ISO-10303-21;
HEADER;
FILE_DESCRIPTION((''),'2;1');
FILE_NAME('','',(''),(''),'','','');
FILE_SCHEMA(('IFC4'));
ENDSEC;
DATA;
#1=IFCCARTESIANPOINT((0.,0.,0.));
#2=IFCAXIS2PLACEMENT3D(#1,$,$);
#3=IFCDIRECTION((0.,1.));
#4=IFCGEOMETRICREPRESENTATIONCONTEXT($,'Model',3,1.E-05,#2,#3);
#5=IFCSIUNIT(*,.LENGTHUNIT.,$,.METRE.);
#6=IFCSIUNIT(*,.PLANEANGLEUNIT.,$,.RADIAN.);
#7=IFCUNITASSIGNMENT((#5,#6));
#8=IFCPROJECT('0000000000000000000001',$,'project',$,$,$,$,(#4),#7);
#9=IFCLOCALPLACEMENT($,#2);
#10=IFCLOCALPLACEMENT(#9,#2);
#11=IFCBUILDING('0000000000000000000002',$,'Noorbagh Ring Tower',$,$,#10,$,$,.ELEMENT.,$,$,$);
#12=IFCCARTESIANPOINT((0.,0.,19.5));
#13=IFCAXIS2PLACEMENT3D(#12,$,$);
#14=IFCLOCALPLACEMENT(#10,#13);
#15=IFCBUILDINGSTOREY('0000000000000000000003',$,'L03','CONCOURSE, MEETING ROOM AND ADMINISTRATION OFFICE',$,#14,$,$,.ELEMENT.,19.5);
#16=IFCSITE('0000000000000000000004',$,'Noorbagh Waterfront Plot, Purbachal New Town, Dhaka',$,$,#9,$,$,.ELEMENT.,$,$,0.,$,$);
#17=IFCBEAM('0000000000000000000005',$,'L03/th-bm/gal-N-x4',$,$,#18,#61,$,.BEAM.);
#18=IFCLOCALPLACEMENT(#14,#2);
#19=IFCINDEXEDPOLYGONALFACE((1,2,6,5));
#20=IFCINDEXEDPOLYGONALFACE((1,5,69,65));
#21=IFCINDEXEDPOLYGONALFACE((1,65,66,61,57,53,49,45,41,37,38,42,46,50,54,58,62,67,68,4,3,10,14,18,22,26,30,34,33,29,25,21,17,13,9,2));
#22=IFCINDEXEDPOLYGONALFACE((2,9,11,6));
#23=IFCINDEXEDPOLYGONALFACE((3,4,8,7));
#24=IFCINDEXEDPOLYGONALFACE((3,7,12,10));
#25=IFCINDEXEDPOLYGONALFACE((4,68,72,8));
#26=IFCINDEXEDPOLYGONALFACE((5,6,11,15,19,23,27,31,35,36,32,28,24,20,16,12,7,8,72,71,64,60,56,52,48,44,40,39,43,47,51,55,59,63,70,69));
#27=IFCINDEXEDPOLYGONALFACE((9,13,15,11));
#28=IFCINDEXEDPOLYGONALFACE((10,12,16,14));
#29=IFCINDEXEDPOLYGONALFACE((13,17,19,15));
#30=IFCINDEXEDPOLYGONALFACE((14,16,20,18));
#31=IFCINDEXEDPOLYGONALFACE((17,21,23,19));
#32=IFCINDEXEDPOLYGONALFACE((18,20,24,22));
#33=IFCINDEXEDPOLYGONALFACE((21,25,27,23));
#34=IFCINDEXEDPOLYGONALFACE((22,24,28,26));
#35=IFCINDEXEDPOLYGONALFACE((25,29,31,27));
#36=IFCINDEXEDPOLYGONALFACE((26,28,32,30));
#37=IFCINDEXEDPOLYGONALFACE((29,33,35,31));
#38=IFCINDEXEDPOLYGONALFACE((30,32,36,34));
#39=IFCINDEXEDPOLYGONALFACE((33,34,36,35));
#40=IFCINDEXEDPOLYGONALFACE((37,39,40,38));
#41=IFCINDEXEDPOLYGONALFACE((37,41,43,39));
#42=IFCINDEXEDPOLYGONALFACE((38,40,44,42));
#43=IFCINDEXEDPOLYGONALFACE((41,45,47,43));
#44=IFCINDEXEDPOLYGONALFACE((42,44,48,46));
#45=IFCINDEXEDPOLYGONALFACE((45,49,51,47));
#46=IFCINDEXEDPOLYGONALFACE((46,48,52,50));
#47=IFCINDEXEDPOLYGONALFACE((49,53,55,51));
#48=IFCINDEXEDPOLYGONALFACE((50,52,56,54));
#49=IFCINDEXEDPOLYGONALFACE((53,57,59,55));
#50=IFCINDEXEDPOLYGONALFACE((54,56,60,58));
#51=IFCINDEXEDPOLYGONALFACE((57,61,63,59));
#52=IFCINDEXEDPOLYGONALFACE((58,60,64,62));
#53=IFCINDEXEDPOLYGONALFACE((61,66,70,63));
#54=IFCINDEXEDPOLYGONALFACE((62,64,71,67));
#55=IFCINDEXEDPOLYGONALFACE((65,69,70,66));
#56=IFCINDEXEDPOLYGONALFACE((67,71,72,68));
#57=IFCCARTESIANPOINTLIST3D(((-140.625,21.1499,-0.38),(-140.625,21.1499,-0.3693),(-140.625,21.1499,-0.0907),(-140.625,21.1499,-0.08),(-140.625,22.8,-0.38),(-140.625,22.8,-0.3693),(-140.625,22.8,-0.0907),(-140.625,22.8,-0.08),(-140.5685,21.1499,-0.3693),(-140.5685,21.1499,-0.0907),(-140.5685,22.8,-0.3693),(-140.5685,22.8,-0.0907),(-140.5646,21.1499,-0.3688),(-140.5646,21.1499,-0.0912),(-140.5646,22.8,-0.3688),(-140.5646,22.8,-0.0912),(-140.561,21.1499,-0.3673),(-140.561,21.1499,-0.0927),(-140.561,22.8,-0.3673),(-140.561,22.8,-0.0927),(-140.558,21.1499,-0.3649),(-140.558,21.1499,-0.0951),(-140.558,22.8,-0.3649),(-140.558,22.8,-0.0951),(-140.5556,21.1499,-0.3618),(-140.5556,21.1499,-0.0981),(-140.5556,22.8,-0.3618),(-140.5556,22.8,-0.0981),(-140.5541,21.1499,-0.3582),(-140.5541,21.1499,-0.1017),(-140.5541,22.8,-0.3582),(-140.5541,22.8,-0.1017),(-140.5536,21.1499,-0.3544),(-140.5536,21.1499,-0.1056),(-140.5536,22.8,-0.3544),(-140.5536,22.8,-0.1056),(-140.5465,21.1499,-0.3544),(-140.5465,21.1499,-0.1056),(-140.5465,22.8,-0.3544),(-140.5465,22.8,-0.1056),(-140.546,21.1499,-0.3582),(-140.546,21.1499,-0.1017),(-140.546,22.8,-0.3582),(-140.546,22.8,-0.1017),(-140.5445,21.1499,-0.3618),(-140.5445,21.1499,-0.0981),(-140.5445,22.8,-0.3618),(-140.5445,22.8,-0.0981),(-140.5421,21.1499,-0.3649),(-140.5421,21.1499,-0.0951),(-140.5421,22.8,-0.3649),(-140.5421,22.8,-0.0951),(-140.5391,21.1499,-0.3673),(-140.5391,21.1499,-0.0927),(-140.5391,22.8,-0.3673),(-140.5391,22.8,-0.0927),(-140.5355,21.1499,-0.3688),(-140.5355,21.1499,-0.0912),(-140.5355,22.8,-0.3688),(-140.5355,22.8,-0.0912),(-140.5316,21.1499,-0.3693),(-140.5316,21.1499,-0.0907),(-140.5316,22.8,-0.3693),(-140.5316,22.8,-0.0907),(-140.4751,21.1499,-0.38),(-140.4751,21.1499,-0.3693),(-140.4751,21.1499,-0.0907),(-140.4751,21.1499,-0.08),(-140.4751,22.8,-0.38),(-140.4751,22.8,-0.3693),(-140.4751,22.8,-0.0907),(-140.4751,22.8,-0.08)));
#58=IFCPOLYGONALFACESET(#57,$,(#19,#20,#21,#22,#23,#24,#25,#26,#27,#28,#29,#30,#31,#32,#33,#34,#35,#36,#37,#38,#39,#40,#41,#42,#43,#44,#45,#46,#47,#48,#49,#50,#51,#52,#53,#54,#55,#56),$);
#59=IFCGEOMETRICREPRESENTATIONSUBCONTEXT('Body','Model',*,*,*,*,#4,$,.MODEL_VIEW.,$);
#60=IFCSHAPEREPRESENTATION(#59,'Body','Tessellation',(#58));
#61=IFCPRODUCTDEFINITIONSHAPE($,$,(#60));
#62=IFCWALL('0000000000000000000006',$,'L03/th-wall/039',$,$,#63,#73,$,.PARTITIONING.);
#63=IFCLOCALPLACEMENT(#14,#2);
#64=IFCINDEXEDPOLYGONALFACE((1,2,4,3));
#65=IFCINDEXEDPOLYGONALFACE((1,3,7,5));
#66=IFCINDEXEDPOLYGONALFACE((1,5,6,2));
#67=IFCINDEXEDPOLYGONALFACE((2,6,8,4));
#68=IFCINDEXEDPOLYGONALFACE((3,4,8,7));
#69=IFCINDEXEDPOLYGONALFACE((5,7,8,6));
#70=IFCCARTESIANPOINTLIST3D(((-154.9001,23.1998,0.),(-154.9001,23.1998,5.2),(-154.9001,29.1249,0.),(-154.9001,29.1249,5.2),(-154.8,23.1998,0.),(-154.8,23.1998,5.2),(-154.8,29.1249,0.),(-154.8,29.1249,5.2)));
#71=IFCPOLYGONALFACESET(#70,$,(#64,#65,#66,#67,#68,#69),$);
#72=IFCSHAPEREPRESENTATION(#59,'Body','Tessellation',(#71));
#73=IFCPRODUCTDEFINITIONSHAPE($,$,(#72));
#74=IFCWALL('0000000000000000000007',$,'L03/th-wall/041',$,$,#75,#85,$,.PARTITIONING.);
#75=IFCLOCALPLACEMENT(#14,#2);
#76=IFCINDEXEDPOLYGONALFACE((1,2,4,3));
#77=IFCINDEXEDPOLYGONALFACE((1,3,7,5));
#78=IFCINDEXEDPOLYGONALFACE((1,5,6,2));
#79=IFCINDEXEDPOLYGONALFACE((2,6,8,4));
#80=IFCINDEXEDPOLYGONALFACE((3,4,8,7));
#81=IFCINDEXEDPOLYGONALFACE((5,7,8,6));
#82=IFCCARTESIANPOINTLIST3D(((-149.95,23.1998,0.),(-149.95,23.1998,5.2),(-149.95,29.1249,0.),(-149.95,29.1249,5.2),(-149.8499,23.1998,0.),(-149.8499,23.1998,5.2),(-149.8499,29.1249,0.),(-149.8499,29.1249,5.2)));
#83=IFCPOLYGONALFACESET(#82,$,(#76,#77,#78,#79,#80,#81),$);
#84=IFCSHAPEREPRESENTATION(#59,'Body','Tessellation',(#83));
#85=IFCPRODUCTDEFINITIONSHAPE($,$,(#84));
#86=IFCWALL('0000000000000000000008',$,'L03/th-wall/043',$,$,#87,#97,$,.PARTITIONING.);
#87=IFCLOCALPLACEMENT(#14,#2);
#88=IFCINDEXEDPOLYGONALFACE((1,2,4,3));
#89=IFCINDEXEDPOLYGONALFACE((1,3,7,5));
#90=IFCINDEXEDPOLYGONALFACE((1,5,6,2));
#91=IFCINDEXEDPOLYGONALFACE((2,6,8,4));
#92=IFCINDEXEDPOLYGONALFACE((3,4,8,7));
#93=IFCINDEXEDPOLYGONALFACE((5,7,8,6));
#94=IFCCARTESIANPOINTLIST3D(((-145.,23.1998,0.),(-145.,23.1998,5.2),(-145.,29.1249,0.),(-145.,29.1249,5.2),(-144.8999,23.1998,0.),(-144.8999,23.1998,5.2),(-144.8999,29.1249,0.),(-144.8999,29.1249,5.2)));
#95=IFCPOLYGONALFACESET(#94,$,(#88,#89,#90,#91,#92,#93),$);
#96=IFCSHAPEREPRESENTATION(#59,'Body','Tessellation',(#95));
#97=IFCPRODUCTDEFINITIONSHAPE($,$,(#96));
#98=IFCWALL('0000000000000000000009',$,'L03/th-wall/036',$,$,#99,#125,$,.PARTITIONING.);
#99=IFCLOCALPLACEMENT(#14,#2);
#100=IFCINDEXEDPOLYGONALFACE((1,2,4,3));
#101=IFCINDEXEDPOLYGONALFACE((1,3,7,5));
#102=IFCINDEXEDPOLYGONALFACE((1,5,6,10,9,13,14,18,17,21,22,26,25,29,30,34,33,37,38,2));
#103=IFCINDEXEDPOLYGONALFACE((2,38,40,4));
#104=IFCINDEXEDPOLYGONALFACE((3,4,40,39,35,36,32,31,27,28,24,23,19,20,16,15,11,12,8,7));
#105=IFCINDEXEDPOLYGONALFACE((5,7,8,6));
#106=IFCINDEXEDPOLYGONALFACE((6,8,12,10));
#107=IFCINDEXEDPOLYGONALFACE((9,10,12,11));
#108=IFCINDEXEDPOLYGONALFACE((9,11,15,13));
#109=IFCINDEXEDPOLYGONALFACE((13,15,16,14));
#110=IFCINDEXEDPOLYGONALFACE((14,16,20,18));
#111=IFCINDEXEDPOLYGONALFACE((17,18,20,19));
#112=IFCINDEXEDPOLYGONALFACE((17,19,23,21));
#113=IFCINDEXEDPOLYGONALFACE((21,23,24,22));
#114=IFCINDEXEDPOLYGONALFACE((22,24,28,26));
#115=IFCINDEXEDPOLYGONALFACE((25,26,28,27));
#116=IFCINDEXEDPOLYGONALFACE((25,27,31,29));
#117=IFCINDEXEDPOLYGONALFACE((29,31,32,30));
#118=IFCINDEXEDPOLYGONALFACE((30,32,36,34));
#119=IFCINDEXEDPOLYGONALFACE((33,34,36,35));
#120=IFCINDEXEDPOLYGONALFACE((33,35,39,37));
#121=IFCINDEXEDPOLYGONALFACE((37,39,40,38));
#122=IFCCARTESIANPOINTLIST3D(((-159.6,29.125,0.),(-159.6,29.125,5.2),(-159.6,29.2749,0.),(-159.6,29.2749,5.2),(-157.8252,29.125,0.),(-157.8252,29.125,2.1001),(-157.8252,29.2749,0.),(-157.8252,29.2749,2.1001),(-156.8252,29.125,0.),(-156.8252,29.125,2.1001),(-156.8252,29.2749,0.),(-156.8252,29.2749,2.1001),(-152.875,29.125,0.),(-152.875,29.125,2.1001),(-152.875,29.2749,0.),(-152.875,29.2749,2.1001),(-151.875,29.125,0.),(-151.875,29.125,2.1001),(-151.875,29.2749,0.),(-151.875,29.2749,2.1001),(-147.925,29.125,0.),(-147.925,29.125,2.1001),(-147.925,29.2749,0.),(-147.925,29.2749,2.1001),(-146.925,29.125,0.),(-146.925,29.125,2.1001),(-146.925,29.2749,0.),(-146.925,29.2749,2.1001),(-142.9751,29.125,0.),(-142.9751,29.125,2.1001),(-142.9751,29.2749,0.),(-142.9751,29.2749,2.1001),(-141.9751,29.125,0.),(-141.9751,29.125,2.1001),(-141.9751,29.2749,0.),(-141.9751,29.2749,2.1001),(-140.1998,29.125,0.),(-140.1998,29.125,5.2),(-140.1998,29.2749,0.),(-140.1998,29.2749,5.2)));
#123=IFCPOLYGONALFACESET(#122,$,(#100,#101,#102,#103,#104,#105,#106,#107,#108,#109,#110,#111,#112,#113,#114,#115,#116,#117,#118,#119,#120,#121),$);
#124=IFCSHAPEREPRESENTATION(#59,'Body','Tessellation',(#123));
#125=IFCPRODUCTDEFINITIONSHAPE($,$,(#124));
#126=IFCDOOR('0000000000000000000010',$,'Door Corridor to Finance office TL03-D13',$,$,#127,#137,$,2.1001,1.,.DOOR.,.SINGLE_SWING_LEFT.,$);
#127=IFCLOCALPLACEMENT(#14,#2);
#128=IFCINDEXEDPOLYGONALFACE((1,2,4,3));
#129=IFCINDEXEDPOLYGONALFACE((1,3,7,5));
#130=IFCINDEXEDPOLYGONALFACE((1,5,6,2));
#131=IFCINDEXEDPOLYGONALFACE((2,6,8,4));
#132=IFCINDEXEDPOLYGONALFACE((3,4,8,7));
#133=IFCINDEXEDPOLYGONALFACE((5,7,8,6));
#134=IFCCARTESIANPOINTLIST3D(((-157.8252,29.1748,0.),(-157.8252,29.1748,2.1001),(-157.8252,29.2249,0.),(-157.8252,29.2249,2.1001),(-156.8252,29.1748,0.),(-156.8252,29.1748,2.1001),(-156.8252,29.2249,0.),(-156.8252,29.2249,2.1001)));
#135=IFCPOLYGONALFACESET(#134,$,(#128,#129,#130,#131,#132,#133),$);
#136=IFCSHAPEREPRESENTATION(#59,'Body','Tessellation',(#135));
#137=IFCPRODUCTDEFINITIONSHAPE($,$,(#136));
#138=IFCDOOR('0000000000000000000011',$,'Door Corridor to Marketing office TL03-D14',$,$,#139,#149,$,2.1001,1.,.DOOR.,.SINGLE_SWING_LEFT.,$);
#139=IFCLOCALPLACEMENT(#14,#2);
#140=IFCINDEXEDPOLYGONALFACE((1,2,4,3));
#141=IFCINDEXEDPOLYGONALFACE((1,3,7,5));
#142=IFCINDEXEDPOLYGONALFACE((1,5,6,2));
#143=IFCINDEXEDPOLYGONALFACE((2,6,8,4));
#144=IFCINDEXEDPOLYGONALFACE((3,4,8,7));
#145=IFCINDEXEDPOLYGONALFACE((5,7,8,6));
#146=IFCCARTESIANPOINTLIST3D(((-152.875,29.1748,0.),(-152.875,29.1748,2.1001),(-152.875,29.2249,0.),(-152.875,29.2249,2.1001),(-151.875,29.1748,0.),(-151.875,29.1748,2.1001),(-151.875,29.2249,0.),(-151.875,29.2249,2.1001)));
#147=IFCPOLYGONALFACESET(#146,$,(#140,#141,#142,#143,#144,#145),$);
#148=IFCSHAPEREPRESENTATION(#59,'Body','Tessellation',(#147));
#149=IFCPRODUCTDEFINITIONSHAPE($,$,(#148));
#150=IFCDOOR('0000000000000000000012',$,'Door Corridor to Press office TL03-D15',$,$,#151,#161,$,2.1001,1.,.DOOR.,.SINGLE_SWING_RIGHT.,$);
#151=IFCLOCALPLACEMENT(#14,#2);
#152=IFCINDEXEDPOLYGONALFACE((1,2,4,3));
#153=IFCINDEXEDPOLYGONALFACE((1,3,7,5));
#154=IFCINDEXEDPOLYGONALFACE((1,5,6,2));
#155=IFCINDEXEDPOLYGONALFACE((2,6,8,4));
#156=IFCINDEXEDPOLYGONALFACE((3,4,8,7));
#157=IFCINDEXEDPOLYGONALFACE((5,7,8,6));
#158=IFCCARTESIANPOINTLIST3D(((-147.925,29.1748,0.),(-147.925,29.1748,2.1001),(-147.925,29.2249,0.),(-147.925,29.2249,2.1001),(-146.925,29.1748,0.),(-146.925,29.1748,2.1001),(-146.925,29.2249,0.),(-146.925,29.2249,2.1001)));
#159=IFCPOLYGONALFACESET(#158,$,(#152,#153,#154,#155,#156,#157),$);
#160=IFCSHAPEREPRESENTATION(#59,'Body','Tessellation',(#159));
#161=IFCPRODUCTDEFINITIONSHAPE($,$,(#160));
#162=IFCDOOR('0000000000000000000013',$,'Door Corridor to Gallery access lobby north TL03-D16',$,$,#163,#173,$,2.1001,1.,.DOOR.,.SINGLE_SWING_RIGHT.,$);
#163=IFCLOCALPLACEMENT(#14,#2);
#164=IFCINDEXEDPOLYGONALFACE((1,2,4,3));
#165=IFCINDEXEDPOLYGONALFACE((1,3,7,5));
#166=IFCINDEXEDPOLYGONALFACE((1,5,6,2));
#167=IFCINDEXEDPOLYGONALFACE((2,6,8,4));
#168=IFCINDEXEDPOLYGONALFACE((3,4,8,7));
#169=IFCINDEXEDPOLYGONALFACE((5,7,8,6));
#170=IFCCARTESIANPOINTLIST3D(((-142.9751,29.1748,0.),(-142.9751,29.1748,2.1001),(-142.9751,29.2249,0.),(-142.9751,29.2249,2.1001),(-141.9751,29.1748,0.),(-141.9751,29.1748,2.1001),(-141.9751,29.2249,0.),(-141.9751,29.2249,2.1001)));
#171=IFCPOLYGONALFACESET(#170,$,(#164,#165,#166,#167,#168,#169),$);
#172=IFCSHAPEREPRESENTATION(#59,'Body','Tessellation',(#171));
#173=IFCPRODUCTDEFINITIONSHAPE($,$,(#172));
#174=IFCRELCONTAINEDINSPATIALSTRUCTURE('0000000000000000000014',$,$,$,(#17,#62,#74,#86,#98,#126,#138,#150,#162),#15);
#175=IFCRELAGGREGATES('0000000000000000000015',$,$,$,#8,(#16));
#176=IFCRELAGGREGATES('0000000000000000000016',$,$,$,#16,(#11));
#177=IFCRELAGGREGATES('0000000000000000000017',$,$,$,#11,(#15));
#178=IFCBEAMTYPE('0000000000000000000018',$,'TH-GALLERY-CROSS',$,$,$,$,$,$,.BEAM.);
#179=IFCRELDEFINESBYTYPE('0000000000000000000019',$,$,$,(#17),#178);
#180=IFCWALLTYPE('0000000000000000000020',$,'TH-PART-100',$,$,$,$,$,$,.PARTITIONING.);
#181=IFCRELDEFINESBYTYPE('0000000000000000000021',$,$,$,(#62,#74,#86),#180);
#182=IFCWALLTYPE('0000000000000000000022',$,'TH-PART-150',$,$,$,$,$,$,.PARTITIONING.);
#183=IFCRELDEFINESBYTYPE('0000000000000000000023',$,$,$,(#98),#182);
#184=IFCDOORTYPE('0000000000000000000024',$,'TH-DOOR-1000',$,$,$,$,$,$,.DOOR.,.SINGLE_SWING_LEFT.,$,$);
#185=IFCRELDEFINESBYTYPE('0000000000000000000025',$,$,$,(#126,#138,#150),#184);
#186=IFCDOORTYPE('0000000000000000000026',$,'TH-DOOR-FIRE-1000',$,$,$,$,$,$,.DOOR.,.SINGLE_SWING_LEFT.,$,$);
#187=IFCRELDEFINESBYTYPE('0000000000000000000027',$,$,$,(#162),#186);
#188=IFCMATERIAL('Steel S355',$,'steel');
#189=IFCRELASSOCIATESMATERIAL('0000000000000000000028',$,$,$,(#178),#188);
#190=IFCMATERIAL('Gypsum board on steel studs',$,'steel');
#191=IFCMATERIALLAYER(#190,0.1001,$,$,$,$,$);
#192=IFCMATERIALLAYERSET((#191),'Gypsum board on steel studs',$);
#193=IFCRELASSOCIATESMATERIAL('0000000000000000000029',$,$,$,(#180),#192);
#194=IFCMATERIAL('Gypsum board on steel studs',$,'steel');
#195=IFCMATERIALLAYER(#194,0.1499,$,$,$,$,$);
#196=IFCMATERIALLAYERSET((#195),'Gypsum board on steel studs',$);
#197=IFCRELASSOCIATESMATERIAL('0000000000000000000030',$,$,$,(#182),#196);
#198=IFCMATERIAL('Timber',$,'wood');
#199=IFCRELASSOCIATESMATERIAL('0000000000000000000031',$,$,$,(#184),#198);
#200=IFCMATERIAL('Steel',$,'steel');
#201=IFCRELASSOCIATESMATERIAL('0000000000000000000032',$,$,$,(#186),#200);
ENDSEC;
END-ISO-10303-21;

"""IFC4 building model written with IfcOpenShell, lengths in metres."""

from ifc_helpers import new_model, si_unit, direction, frame, frame_2d, origin, origin_2d, place, context, subcontext, project, spatial, rectangle, i_section, extrude, material, layer, layer_set, material_profile, profile_set, type_object, element, fill, save


model = new_model("IFC4")

# Units and contexts
model_context = context("Model", 3, precision=1e-05, world=origin(), true_north=direction((0.0, 1.0)))
body_context = subcontext(model_context, "Body", "Model", "MODEL_VIEW")
ifc_project = project(units=[si_unit("LENGTHUNIT", "METRE"), si_unit("PLANEANGLEUNIT", "RADIAN")], contexts=[model_context])

# Site, building, storey
site_placement = place(None, origin())
site = spatial("IfcSite", under=ifc_project, at=site_placement, Name="Noorbagh Waterfront Plot, Purbachal New Town, Dhaka", CompositionType="ELEMENT", RefElevation=0.0)
building_placement = place(site_placement, origin())
building = spatial("IfcBuilding", under=site, at=building_placement, Name="Noorbagh Ring Tower", CompositionType="ELEMENT")
storey_placement = place(building_placement, frame((0.0, 0.0, 19.5)))
storey = spatial("IfcBuildingStorey", under=building, at=storey_placement, Name="L03", Description="CONCOURSE, MEETING ROOM AND ADMINISTRATION OFFICE", CompositionType="ELEMENT", Elevation=19.5)

# Beam
ifc_material_1 = material(Name="Steel S355", Category="steel")
ifc_material_profile = material_profile(ifc_material_1, i_section(OverallWidth=0.1499, OverallDepth=0.3, WebThickness=0.0071, FlangeThickness=0.0107, FilletRadius=0.0149, at=origin_2d()), Name="IPE300")
ifc_profile_set = profile_set([ifc_material_profile], Name="Steel S355")
beam_type = type_object("IfcBeamType", Name="TH-GALLERY-CROSS", PredefinedType="BEAM", material=ifc_profile_set)
beam_placement = place(storey_placement, frame((-140.55, 22.8, -0.23), z_axis=(0.0, -1.0, 0.0), x_axis=(1.0, 0.0, 0.0)))
element("IfcBeam", 1, at=beam_placement, inside=storey, type_object=beam_type, Name="L03/th-bm/gal-N-x4", PredefinedType="BEAM", context=body_context, shape_type="SweptSolid", body=[
    extrude(i_section(OverallWidth=0.1499, OverallDepth=0.3, WebThickness=0.0071, FlangeThickness=0.0107, FilletRadius=0.0149, at=origin_2d()), origin(), (0.0, 0.0, 1.0), 1.6501),
])

# Walls
ifc_material_2 = material(Name="Gypsum board on steel studs", Category="steel")
ifc_layer_1 = layer(ifc_material_2, 0.1001)
ifc_layer_set_1 = layer_set([ifc_layer_1], Name="Gypsum board on steel studs")
wall_type_1 = type_object("IfcWallType", Name="TH-PART-100", PredefinedType="PARTITIONING", material=ifc_layer_set_1)
for number, where, z_axis, x_axis, name in (
    (2, (-154.8501, 23.2, 0.0), (0.0, 0.0, 1.0), (0.0, 1.0, 0.0), "L03/th-wall/039"),
    (3, (-149.8999, 23.2, 0.0), (0.0, 0.0, 1.0), (0.0, 1.0, 0.0), "L03/th-wall/041"),
    (4, (-144.95, 23.2, 0.0), (0.0, 0.0, 1.0), (0.0, 1.0, 0.0), "L03/th-wall/043"),
):
    element("IfcWall", number, at=place(storey_placement, frame(where, z_axis=z_axis, x_axis=x_axis)), inside=storey, type_object=wall_type_1, Name=name, PredefinedType="PARTITIONING", context=body_context, shape_type="SweptSolid", body=[
        extrude(rectangle(XDim=5.925, YDim=0.1001, at=frame_2d((2.9624, 0.0))), origin(), (0.0, 0.0, 1.0), 5.2),
    ])

# Wall, openings, doors
ifc_material_3 = material(Name="Gypsum board on steel studs", Category="steel")
ifc_layer_2 = layer(ifc_material_3, 0.1499)
ifc_layer_set_2 = layer_set([ifc_layer_2], Name="Gypsum board on steel studs")
wall_type_2 = type_object("IfcWallType", Name="TH-PART-150", PredefinedType="PARTITIONING", material=ifc_layer_set_2)
wall_1_placement = place(storey_placement, frame((-159.6001, 29.2, 0.0), z_axis=(0.0, 0.0, 1.0), x_axis=(1.0, 0.0, 0.0)))
wall_1 = element("IfcWall", 5, at=wall_1_placement, inside=storey, type_object=wall_type_2, Name="L03/th-wall/036", PredefinedType="PARTITIONING", context=body_context, shape_type="SweptSolid", body=[
    extrude(rectangle(XDim=19.4001, YDim=0.1499, at=frame_2d((9.7002, 0.0))), origin(), (0.0, 0.0, 1.0), 5.2),
])
opening_1_placement = place(wall_1_placement, frame((1.7749, 0.0, 0.0)))
opening_1 = element("IfcOpeningElement", 6, at=opening_1_placement, cuts=wall_1, PredefinedType="OPENING", context=body_context, shape_type="SweptSolid", body=[
    extrude(rectangle(XDim=1.0, YDim=2.1001, at=frame_2d((0.5, 1.05))), frame((0.0, 0.085, 0.0), z_axis=(0.0, -1.0, 0.0), x_axis=(1.0, 0.0, 0.0)), (0.0, 0.0, 1.0), 0.1699),
])
opening_2_placement = place(wall_1_placement, frame((6.7251, 0.0, 0.0)))
opening_2 = element("IfcOpeningElement", 7, at=opening_2_placement, cuts=wall_1, PredefinedType="OPENING", context=body_context, shape_type="SweptSolid", body=[
    extrude(rectangle(XDim=1.0, YDim=2.1001, at=frame_2d((0.5, 1.05))), frame((0.0, 0.085, 0.0), z_axis=(0.0, -1.0, 0.0), x_axis=(1.0, 0.0, 0.0)), (0.0, 0.0, 1.0), 0.1699),
])
opening_3_placement = place(wall_1_placement, frame((11.675, 0.0, 0.0)))
opening_3 = element("IfcOpeningElement", 8, at=opening_3_placement, cuts=wall_1, PredefinedType="OPENING", context=body_context, shape_type="SweptSolid", body=[
    extrude(rectangle(XDim=1.0, YDim=2.1001, at=frame_2d((0.5, 1.05))), frame((0.0, 0.085, 0.0), z_axis=(0.0, -1.0, 0.0), x_axis=(1.0, 0.0, 0.0)), (0.0, 0.0, 1.0), 0.1699),
])
opening_4_placement = place(wall_1_placement, frame((16.625, 0.0, 0.0)))
opening_4 = element("IfcOpeningElement", 9, at=opening_4_placement, cuts=wall_1, PredefinedType="OPENING", context=body_context, shape_type="SweptSolid", body=[
    extrude(rectangle(XDim=1.0, YDim=2.1001, at=frame_2d((0.5, 1.05))), frame((0.0, 0.085, 0.0), z_axis=(0.0, -1.0, 0.0), x_axis=(1.0, 0.0, 0.0)), (0.0, 0.0, 1.0), 0.1699),
])
ifc_material_4 = material(Name="Timber", Category="wood")
door_type_1 = type_object("IfcDoorType", Name="TH-DOOR-1000", OperationType="SINGLE_SWING_LEFT", PredefinedType="DOOR", material=ifc_material_4)
door_1_placement = place(opening_1_placement, origin())
door_1 = element("IfcDoor", 10, at=door_1_placement, inside=storey, type_object=door_type_1, Name="Door Corridor to Finance office TL03-D13", OperationType="SINGLE_SWING_LEFT", OverallHeight=2.1001, OverallWidth=1.0, PredefinedType="DOOR", context=body_context, shape_type="SweptSolid", body=[
    extrude(rectangle(XDim=1.0, YDim=2.1001, at=frame_2d((0.5, 1.05))), frame((0.0, 0.0249, 0.0), z_axis=(0.0, -1.0, 0.0), x_axis=(1.0, 0.0, 0.0)), (0.0, 0.0, 1.0), 0.05),
])
fill(opening_1, door_1)
door_2_placement = place(opening_2_placement, origin())
door_2 = element("IfcDoor", 11, at=door_2_placement, inside=storey, type_object=door_type_1, Name="Door Corridor to Marketing office TL03-D14", OperationType="SINGLE_SWING_LEFT", OverallHeight=2.1001, OverallWidth=1.0, PredefinedType="DOOR", context=body_context, shape_type="SweptSolid", body=[
    extrude(rectangle(XDim=1.0, YDim=2.1001, at=frame_2d((0.5, 1.05))), frame((0.0, 0.0249, 0.0), z_axis=(0.0, -1.0, 0.0), x_axis=(1.0, 0.0, 0.0)), (0.0, 0.0, 1.0), 0.05),
])
fill(opening_2, door_2)
door_3_placement = place(opening_3_placement, origin())
door_3 = element("IfcDoor", 12, at=door_3_placement, inside=storey, type_object=door_type_1, Name="Door Corridor to Press office TL03-D15", OperationType="SINGLE_SWING_RIGHT", OverallHeight=2.1001, OverallWidth=1.0, PredefinedType="DOOR", context=body_context, shape_type="SweptSolid", body=[
    extrude(rectangle(XDim=1.0, YDim=2.1001, at=frame_2d((0.5, 1.05))), frame((0.0, 0.0249, 0.0), z_axis=(0.0, -1.0, 0.0), x_axis=(1.0, 0.0, 0.0)), (0.0, 0.0, 1.0), 0.05),
])
fill(opening_3, door_3)
ifc_material_5 = material(Name="Steel", Category="steel")
door_type_2 = type_object("IfcDoorType", Name="TH-DOOR-FIRE-1000", OperationType="SINGLE_SWING_LEFT", PredefinedType="DOOR", material=ifc_material_5)
door_4_placement = place(opening_4_placement, origin())
door_4 = element("IfcDoor", 13, at=door_4_placement, inside=storey, type_object=door_type_2, Name="Door Corridor to Gallery access lobby north TL03-D16", OperationType="SINGLE_SWING_RIGHT", OverallHeight=2.1001, OverallWidth=1.0, PredefinedType="DOOR", context=body_context, shape_type="SweptSolid", body=[
    extrude(rectangle(XDim=1.0, YDim=2.1001, at=frame_2d((0.5, 1.05))), frame((0.0, 0.0249, 0.0), z_axis=(0.0, -1.0, 0.0), x_axis=(1.0, 0.0, 0.0)), (0.0, 0.0, 1.0), 0.05),
])
fill(opening_4, door_4)

save(model, "model.ifc")
